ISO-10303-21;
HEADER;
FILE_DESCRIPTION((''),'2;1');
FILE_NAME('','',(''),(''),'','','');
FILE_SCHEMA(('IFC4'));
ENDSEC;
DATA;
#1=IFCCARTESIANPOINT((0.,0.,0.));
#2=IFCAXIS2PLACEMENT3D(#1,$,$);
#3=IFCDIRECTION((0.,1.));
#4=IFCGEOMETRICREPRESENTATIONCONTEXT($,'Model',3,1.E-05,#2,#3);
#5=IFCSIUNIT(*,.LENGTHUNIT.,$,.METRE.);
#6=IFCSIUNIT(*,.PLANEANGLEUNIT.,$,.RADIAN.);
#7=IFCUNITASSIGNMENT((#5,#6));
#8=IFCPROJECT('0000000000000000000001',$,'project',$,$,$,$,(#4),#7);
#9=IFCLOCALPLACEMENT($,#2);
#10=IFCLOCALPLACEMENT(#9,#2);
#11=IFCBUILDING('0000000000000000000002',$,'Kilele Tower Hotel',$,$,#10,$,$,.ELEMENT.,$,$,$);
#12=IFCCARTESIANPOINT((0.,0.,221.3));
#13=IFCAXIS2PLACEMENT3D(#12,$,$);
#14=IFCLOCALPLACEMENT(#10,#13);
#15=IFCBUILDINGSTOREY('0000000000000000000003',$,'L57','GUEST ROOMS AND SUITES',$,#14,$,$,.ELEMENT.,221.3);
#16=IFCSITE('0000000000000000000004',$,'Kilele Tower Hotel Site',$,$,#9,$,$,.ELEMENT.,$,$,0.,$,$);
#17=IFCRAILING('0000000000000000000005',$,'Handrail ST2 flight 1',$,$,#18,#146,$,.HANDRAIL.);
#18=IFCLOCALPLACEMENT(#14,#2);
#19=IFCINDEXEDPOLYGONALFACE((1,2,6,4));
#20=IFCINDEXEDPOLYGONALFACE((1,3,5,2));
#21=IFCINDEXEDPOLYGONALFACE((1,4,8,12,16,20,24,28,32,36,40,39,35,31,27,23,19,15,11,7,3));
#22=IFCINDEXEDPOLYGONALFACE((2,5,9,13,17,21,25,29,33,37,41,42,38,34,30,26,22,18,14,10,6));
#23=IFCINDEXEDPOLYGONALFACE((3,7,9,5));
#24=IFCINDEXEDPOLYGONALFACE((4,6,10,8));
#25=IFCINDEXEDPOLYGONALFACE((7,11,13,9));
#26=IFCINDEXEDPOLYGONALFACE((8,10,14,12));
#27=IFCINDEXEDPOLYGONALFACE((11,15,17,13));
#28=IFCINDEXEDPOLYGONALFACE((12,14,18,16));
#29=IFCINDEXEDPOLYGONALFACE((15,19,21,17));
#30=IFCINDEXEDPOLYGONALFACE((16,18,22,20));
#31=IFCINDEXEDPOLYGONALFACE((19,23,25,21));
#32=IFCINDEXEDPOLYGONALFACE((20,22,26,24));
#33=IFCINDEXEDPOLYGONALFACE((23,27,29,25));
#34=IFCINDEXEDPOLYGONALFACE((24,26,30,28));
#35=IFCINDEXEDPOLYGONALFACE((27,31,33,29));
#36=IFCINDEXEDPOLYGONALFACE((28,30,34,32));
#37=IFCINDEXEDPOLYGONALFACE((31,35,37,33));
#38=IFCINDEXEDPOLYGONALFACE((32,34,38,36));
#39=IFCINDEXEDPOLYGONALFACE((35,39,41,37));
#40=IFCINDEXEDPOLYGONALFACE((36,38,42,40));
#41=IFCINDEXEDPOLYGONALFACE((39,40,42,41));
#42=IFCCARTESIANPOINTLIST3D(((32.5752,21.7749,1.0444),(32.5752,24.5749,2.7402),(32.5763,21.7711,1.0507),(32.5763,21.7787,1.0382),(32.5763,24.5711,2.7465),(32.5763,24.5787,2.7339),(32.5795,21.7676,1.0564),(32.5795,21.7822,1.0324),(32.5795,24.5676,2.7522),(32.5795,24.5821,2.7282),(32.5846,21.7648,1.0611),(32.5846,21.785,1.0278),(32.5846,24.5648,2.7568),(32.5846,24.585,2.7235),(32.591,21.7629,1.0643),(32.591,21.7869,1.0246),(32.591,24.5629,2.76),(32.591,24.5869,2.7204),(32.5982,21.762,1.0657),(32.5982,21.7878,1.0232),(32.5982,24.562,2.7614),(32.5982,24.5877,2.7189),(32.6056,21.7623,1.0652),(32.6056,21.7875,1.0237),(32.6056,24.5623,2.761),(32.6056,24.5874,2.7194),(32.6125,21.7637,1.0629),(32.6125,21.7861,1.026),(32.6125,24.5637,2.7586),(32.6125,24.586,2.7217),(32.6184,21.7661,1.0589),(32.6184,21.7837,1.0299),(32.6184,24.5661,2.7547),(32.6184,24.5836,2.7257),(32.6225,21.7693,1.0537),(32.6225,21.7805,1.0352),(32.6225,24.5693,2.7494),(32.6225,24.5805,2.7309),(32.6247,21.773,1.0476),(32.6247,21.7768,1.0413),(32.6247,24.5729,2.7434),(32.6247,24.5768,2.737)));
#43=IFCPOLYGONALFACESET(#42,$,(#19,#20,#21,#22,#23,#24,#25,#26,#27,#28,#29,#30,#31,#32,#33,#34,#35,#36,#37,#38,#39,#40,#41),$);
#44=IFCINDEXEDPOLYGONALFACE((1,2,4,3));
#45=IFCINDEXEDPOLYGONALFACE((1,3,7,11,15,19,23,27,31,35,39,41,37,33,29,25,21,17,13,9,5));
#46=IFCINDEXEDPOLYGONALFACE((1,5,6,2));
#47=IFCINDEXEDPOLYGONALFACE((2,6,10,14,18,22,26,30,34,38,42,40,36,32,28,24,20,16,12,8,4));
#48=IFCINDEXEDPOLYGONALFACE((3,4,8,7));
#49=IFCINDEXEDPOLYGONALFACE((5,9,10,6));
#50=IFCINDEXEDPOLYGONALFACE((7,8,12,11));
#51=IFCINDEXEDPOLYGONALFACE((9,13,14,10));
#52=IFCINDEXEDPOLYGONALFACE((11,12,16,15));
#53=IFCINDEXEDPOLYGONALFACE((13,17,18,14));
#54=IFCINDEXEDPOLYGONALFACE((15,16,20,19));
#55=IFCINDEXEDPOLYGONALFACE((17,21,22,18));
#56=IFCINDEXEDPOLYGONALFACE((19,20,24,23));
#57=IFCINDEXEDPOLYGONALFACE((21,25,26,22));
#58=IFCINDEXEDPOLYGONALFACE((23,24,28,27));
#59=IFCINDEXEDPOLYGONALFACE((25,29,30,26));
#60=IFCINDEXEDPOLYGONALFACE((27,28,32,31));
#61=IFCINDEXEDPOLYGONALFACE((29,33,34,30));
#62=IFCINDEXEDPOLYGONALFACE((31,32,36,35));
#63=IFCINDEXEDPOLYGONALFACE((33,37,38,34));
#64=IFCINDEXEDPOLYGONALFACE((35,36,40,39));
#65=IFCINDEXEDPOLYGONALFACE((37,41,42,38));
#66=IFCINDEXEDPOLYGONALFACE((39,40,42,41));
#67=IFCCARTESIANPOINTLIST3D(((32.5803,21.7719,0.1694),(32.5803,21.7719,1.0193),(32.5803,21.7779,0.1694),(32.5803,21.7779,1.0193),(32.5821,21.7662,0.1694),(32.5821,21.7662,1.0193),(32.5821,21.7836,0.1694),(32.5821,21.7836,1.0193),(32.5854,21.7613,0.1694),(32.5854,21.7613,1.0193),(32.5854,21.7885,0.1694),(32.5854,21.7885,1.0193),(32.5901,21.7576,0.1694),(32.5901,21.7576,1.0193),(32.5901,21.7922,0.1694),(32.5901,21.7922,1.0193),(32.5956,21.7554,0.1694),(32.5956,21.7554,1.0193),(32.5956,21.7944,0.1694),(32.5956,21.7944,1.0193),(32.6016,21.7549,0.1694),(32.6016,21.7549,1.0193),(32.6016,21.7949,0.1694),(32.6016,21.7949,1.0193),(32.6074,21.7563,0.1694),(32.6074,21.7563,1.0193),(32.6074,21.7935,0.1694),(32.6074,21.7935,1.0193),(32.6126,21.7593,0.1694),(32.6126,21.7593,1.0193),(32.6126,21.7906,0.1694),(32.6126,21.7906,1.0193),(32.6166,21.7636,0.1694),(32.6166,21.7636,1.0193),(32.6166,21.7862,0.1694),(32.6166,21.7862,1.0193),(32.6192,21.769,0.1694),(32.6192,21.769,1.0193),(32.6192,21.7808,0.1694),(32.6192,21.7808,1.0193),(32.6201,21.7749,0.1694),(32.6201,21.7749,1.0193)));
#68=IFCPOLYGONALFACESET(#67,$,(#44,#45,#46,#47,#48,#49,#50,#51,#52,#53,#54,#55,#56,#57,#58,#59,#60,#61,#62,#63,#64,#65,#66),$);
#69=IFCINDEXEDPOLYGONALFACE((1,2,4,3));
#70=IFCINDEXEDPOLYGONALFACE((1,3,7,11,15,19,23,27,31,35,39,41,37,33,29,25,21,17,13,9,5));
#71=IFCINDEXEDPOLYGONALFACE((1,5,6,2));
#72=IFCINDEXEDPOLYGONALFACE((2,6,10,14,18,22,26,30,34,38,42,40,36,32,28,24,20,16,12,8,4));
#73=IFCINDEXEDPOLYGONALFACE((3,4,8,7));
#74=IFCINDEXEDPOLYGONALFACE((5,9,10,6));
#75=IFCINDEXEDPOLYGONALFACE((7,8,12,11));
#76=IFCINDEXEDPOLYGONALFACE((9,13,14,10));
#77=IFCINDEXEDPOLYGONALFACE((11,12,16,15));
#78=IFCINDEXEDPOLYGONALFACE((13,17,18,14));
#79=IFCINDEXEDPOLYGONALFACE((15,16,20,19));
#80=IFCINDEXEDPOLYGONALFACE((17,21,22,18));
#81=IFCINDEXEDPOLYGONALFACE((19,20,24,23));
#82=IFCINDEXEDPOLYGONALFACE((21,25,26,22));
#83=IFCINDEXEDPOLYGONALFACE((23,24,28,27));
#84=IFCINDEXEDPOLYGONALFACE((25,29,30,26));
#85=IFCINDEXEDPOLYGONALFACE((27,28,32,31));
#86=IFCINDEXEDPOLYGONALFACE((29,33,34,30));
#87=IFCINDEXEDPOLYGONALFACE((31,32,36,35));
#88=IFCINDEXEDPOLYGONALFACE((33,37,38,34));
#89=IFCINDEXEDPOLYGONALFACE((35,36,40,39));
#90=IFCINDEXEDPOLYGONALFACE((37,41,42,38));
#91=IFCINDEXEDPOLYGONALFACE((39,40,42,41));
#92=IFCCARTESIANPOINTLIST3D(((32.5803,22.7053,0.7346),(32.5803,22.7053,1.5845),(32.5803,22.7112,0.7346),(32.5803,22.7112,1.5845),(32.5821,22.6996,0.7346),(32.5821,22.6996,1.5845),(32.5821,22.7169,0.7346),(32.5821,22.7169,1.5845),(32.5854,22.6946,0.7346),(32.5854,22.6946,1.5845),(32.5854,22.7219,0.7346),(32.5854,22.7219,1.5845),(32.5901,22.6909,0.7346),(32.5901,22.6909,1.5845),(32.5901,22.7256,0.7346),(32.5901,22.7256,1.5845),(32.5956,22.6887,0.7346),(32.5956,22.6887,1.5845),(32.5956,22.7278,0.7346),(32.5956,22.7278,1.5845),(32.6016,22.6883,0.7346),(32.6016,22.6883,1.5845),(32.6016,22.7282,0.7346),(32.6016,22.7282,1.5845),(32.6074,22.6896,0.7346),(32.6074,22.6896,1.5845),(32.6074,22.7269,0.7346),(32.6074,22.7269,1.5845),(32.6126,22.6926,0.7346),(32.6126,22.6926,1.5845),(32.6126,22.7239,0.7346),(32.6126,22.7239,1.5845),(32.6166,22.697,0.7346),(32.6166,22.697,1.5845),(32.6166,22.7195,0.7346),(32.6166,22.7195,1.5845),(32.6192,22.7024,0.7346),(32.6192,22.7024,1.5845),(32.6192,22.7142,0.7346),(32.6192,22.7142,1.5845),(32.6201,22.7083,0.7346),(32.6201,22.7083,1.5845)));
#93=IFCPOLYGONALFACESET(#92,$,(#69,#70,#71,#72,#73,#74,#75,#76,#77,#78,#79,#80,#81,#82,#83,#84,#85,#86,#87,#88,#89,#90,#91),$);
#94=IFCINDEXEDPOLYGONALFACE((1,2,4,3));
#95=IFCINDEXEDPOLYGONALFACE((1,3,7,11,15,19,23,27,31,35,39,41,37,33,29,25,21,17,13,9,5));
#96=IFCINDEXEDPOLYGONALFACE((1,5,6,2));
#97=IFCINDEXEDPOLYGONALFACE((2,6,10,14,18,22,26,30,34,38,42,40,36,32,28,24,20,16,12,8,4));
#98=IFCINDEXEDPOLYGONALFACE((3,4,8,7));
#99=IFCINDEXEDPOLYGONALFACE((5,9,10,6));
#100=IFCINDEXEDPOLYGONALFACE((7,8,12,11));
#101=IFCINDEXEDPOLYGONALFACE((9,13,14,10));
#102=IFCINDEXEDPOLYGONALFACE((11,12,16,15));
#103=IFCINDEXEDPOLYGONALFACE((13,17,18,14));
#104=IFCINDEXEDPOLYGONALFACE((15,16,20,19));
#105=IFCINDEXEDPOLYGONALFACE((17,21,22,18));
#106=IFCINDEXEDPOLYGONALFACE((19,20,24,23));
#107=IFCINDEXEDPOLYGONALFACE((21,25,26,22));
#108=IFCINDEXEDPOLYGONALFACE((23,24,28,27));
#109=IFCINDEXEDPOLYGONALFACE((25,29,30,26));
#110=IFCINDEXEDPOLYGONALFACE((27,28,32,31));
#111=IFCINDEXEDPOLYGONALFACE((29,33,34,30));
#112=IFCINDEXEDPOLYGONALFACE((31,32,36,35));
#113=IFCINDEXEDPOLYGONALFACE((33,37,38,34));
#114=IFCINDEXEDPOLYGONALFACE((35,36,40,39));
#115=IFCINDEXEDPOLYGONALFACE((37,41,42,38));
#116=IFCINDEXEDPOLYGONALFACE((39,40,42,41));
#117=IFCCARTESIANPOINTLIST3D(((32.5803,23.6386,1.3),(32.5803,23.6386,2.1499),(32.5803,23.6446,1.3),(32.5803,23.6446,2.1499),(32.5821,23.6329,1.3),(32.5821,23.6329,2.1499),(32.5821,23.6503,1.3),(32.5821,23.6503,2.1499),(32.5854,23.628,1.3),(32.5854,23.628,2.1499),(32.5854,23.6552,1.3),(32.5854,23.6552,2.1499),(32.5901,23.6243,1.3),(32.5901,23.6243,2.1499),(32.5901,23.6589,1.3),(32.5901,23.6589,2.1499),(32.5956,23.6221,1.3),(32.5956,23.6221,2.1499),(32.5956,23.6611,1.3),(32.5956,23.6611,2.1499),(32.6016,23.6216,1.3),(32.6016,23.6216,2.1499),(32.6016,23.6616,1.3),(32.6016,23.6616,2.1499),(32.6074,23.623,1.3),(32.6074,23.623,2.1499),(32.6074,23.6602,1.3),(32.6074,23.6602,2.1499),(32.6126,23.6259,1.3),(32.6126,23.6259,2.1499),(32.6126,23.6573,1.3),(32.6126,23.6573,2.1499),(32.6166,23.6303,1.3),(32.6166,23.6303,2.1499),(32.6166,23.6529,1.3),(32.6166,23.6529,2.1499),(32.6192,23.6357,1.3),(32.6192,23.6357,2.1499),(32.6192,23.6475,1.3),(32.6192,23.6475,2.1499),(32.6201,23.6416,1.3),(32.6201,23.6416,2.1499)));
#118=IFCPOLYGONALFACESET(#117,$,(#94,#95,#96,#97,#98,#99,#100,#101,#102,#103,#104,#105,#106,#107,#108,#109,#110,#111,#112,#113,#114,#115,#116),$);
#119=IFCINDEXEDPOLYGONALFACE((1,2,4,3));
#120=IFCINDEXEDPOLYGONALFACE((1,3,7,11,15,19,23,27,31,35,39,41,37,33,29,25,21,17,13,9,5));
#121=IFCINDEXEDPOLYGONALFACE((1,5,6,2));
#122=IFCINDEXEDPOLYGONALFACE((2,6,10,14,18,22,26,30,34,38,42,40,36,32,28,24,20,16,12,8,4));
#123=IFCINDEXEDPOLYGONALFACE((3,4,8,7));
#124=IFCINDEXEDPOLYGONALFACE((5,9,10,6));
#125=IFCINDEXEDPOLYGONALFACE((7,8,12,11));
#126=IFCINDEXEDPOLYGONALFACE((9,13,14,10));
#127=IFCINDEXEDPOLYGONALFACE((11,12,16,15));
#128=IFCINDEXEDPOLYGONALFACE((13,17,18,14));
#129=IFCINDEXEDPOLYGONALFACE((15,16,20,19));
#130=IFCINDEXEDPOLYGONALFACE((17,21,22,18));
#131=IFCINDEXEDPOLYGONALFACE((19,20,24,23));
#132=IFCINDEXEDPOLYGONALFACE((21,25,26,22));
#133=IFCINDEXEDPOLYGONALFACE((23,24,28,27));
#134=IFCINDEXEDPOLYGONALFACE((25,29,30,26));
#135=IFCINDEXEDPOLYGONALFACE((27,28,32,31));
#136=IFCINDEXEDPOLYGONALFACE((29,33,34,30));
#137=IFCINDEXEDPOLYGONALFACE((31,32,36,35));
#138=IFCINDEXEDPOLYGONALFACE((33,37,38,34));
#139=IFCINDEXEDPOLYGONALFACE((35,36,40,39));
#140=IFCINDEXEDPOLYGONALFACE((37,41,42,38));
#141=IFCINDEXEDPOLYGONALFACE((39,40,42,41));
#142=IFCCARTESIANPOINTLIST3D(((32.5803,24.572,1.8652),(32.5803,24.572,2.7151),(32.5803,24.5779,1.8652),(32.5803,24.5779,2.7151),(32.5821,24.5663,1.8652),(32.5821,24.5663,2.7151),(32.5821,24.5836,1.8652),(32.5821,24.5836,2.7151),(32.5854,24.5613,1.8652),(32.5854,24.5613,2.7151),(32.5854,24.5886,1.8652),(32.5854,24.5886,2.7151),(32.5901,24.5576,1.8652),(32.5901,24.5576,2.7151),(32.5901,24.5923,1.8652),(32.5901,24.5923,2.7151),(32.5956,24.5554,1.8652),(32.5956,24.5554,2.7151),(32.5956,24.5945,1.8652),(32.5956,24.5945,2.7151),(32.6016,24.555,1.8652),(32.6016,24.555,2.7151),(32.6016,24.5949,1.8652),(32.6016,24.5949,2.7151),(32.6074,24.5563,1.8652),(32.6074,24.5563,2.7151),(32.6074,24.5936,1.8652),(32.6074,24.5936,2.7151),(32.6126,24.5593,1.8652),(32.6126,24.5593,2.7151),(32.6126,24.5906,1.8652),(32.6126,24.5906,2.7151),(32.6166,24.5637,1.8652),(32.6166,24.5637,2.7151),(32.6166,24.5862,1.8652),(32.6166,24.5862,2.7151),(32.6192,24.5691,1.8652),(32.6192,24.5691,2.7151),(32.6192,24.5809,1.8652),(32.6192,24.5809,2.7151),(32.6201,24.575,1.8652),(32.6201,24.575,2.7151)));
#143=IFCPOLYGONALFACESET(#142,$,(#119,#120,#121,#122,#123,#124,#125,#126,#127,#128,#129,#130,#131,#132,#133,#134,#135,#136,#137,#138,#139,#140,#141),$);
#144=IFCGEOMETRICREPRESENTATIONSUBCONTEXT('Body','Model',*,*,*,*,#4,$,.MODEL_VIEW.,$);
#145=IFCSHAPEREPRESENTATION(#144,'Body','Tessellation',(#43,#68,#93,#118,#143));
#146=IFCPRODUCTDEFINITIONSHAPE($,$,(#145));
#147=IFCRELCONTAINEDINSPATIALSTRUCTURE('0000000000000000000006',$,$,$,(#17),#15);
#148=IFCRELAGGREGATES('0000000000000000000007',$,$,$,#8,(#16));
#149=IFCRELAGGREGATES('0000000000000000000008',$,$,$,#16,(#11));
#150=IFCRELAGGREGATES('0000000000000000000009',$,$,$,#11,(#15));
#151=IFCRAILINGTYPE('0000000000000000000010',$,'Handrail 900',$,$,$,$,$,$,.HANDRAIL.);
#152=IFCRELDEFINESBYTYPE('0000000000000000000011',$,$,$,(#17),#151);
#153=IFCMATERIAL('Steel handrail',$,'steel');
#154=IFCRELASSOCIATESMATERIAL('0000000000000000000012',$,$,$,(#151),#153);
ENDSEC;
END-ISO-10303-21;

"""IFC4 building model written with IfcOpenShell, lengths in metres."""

from ifc_helpers import new_model, si_unit, direction, frame, origin, origin_2d, place, context, subcontext, project, spatial, circle, extrude, material, type_object, element, save


model = new_model("IFC4")

# Units and contexts
model_context = context("Model", 3, precision=1e-05, world=origin(), true_north=direction((0.0, 1.0)))
body_context = subcontext(model_context, "Body", "Model", "MODEL_VIEW")
ifc_project = project(units=[si_unit("LENGTHUNIT", "METRE"), si_unit("PLANEANGLEUNIT", "RADIAN")], contexts=[model_context])

# Site, building, storey
site_placement = place(None, origin())
site = spatial("IfcSite", under=ifc_project, at=site_placement, Name="Kilele Tower Hotel Site", CompositionType="ELEMENT", RefElevation=0.0)
building_placement = place(site_placement, origin())
building = spatial("IfcBuilding", under=site, at=building_placement, Name="Kilele Tower Hotel", CompositionType="ELEMENT")
storey_placement = place(building_placement, frame((0.0, 0.0, 221.3)))
storey = spatial("IfcBuildingStorey", under=building, at=storey_placement, Name="L57", Description="GUEST ROOMS AND SUITES", CompositionType="ELEMENT", Elevation=221.3)

# Railing
ifc_material_1 = material(Name="Steel handrail", Category="steel")
railing_type_1 = type_object("IfcRailingType", Name="Handrail 900", PredefinedType="HANDRAIL", material=ifc_material_1)
for number, where, name in (
    (1, (32.6001, 21.7749, 0.1694), "Handrail ST2 flight 1"),
):
    element("IfcRailing", number, at=place(storey_placement, frame(where)), inside=storey, type_object=railing_type_1, Name=name, PredefinedType="HANDRAIL", context=body_context, shape_type="SweptSolid", body=[
        extrude(circle(Radius=0.0249, at=origin_2d()), frame((0.0, 0.0, 0.875), z_axis=(0.0, 0.85536, 0.518034), x_axis=(-1.0, 0.0, 0.0)), (0.0, 0.0, 1.0), 3.2734),
        extrude(circle(Radius=0.02, at=origin_2d()), origin(), (0.0, 0.0, 1.0), 0.8499),
        extrude(circle(Radius=0.02, at=origin_2d()), frame((0.0, 0.9333, 0.5652)), (0.0, 0.0, 1.0), 0.8499),
        extrude(circle(Radius=0.02, at=origin_2d()), frame((0.0, 1.8667, 1.1306)), (0.0, 0.0, 1.0), 0.8499),
        extrude(circle(Radius=0.02, at=origin_2d()), frame((0.0, 2.8, 1.6958)), (0.0, 0.0, 1.0), 0.8499),
    ])

save(model, "model.ifc")
